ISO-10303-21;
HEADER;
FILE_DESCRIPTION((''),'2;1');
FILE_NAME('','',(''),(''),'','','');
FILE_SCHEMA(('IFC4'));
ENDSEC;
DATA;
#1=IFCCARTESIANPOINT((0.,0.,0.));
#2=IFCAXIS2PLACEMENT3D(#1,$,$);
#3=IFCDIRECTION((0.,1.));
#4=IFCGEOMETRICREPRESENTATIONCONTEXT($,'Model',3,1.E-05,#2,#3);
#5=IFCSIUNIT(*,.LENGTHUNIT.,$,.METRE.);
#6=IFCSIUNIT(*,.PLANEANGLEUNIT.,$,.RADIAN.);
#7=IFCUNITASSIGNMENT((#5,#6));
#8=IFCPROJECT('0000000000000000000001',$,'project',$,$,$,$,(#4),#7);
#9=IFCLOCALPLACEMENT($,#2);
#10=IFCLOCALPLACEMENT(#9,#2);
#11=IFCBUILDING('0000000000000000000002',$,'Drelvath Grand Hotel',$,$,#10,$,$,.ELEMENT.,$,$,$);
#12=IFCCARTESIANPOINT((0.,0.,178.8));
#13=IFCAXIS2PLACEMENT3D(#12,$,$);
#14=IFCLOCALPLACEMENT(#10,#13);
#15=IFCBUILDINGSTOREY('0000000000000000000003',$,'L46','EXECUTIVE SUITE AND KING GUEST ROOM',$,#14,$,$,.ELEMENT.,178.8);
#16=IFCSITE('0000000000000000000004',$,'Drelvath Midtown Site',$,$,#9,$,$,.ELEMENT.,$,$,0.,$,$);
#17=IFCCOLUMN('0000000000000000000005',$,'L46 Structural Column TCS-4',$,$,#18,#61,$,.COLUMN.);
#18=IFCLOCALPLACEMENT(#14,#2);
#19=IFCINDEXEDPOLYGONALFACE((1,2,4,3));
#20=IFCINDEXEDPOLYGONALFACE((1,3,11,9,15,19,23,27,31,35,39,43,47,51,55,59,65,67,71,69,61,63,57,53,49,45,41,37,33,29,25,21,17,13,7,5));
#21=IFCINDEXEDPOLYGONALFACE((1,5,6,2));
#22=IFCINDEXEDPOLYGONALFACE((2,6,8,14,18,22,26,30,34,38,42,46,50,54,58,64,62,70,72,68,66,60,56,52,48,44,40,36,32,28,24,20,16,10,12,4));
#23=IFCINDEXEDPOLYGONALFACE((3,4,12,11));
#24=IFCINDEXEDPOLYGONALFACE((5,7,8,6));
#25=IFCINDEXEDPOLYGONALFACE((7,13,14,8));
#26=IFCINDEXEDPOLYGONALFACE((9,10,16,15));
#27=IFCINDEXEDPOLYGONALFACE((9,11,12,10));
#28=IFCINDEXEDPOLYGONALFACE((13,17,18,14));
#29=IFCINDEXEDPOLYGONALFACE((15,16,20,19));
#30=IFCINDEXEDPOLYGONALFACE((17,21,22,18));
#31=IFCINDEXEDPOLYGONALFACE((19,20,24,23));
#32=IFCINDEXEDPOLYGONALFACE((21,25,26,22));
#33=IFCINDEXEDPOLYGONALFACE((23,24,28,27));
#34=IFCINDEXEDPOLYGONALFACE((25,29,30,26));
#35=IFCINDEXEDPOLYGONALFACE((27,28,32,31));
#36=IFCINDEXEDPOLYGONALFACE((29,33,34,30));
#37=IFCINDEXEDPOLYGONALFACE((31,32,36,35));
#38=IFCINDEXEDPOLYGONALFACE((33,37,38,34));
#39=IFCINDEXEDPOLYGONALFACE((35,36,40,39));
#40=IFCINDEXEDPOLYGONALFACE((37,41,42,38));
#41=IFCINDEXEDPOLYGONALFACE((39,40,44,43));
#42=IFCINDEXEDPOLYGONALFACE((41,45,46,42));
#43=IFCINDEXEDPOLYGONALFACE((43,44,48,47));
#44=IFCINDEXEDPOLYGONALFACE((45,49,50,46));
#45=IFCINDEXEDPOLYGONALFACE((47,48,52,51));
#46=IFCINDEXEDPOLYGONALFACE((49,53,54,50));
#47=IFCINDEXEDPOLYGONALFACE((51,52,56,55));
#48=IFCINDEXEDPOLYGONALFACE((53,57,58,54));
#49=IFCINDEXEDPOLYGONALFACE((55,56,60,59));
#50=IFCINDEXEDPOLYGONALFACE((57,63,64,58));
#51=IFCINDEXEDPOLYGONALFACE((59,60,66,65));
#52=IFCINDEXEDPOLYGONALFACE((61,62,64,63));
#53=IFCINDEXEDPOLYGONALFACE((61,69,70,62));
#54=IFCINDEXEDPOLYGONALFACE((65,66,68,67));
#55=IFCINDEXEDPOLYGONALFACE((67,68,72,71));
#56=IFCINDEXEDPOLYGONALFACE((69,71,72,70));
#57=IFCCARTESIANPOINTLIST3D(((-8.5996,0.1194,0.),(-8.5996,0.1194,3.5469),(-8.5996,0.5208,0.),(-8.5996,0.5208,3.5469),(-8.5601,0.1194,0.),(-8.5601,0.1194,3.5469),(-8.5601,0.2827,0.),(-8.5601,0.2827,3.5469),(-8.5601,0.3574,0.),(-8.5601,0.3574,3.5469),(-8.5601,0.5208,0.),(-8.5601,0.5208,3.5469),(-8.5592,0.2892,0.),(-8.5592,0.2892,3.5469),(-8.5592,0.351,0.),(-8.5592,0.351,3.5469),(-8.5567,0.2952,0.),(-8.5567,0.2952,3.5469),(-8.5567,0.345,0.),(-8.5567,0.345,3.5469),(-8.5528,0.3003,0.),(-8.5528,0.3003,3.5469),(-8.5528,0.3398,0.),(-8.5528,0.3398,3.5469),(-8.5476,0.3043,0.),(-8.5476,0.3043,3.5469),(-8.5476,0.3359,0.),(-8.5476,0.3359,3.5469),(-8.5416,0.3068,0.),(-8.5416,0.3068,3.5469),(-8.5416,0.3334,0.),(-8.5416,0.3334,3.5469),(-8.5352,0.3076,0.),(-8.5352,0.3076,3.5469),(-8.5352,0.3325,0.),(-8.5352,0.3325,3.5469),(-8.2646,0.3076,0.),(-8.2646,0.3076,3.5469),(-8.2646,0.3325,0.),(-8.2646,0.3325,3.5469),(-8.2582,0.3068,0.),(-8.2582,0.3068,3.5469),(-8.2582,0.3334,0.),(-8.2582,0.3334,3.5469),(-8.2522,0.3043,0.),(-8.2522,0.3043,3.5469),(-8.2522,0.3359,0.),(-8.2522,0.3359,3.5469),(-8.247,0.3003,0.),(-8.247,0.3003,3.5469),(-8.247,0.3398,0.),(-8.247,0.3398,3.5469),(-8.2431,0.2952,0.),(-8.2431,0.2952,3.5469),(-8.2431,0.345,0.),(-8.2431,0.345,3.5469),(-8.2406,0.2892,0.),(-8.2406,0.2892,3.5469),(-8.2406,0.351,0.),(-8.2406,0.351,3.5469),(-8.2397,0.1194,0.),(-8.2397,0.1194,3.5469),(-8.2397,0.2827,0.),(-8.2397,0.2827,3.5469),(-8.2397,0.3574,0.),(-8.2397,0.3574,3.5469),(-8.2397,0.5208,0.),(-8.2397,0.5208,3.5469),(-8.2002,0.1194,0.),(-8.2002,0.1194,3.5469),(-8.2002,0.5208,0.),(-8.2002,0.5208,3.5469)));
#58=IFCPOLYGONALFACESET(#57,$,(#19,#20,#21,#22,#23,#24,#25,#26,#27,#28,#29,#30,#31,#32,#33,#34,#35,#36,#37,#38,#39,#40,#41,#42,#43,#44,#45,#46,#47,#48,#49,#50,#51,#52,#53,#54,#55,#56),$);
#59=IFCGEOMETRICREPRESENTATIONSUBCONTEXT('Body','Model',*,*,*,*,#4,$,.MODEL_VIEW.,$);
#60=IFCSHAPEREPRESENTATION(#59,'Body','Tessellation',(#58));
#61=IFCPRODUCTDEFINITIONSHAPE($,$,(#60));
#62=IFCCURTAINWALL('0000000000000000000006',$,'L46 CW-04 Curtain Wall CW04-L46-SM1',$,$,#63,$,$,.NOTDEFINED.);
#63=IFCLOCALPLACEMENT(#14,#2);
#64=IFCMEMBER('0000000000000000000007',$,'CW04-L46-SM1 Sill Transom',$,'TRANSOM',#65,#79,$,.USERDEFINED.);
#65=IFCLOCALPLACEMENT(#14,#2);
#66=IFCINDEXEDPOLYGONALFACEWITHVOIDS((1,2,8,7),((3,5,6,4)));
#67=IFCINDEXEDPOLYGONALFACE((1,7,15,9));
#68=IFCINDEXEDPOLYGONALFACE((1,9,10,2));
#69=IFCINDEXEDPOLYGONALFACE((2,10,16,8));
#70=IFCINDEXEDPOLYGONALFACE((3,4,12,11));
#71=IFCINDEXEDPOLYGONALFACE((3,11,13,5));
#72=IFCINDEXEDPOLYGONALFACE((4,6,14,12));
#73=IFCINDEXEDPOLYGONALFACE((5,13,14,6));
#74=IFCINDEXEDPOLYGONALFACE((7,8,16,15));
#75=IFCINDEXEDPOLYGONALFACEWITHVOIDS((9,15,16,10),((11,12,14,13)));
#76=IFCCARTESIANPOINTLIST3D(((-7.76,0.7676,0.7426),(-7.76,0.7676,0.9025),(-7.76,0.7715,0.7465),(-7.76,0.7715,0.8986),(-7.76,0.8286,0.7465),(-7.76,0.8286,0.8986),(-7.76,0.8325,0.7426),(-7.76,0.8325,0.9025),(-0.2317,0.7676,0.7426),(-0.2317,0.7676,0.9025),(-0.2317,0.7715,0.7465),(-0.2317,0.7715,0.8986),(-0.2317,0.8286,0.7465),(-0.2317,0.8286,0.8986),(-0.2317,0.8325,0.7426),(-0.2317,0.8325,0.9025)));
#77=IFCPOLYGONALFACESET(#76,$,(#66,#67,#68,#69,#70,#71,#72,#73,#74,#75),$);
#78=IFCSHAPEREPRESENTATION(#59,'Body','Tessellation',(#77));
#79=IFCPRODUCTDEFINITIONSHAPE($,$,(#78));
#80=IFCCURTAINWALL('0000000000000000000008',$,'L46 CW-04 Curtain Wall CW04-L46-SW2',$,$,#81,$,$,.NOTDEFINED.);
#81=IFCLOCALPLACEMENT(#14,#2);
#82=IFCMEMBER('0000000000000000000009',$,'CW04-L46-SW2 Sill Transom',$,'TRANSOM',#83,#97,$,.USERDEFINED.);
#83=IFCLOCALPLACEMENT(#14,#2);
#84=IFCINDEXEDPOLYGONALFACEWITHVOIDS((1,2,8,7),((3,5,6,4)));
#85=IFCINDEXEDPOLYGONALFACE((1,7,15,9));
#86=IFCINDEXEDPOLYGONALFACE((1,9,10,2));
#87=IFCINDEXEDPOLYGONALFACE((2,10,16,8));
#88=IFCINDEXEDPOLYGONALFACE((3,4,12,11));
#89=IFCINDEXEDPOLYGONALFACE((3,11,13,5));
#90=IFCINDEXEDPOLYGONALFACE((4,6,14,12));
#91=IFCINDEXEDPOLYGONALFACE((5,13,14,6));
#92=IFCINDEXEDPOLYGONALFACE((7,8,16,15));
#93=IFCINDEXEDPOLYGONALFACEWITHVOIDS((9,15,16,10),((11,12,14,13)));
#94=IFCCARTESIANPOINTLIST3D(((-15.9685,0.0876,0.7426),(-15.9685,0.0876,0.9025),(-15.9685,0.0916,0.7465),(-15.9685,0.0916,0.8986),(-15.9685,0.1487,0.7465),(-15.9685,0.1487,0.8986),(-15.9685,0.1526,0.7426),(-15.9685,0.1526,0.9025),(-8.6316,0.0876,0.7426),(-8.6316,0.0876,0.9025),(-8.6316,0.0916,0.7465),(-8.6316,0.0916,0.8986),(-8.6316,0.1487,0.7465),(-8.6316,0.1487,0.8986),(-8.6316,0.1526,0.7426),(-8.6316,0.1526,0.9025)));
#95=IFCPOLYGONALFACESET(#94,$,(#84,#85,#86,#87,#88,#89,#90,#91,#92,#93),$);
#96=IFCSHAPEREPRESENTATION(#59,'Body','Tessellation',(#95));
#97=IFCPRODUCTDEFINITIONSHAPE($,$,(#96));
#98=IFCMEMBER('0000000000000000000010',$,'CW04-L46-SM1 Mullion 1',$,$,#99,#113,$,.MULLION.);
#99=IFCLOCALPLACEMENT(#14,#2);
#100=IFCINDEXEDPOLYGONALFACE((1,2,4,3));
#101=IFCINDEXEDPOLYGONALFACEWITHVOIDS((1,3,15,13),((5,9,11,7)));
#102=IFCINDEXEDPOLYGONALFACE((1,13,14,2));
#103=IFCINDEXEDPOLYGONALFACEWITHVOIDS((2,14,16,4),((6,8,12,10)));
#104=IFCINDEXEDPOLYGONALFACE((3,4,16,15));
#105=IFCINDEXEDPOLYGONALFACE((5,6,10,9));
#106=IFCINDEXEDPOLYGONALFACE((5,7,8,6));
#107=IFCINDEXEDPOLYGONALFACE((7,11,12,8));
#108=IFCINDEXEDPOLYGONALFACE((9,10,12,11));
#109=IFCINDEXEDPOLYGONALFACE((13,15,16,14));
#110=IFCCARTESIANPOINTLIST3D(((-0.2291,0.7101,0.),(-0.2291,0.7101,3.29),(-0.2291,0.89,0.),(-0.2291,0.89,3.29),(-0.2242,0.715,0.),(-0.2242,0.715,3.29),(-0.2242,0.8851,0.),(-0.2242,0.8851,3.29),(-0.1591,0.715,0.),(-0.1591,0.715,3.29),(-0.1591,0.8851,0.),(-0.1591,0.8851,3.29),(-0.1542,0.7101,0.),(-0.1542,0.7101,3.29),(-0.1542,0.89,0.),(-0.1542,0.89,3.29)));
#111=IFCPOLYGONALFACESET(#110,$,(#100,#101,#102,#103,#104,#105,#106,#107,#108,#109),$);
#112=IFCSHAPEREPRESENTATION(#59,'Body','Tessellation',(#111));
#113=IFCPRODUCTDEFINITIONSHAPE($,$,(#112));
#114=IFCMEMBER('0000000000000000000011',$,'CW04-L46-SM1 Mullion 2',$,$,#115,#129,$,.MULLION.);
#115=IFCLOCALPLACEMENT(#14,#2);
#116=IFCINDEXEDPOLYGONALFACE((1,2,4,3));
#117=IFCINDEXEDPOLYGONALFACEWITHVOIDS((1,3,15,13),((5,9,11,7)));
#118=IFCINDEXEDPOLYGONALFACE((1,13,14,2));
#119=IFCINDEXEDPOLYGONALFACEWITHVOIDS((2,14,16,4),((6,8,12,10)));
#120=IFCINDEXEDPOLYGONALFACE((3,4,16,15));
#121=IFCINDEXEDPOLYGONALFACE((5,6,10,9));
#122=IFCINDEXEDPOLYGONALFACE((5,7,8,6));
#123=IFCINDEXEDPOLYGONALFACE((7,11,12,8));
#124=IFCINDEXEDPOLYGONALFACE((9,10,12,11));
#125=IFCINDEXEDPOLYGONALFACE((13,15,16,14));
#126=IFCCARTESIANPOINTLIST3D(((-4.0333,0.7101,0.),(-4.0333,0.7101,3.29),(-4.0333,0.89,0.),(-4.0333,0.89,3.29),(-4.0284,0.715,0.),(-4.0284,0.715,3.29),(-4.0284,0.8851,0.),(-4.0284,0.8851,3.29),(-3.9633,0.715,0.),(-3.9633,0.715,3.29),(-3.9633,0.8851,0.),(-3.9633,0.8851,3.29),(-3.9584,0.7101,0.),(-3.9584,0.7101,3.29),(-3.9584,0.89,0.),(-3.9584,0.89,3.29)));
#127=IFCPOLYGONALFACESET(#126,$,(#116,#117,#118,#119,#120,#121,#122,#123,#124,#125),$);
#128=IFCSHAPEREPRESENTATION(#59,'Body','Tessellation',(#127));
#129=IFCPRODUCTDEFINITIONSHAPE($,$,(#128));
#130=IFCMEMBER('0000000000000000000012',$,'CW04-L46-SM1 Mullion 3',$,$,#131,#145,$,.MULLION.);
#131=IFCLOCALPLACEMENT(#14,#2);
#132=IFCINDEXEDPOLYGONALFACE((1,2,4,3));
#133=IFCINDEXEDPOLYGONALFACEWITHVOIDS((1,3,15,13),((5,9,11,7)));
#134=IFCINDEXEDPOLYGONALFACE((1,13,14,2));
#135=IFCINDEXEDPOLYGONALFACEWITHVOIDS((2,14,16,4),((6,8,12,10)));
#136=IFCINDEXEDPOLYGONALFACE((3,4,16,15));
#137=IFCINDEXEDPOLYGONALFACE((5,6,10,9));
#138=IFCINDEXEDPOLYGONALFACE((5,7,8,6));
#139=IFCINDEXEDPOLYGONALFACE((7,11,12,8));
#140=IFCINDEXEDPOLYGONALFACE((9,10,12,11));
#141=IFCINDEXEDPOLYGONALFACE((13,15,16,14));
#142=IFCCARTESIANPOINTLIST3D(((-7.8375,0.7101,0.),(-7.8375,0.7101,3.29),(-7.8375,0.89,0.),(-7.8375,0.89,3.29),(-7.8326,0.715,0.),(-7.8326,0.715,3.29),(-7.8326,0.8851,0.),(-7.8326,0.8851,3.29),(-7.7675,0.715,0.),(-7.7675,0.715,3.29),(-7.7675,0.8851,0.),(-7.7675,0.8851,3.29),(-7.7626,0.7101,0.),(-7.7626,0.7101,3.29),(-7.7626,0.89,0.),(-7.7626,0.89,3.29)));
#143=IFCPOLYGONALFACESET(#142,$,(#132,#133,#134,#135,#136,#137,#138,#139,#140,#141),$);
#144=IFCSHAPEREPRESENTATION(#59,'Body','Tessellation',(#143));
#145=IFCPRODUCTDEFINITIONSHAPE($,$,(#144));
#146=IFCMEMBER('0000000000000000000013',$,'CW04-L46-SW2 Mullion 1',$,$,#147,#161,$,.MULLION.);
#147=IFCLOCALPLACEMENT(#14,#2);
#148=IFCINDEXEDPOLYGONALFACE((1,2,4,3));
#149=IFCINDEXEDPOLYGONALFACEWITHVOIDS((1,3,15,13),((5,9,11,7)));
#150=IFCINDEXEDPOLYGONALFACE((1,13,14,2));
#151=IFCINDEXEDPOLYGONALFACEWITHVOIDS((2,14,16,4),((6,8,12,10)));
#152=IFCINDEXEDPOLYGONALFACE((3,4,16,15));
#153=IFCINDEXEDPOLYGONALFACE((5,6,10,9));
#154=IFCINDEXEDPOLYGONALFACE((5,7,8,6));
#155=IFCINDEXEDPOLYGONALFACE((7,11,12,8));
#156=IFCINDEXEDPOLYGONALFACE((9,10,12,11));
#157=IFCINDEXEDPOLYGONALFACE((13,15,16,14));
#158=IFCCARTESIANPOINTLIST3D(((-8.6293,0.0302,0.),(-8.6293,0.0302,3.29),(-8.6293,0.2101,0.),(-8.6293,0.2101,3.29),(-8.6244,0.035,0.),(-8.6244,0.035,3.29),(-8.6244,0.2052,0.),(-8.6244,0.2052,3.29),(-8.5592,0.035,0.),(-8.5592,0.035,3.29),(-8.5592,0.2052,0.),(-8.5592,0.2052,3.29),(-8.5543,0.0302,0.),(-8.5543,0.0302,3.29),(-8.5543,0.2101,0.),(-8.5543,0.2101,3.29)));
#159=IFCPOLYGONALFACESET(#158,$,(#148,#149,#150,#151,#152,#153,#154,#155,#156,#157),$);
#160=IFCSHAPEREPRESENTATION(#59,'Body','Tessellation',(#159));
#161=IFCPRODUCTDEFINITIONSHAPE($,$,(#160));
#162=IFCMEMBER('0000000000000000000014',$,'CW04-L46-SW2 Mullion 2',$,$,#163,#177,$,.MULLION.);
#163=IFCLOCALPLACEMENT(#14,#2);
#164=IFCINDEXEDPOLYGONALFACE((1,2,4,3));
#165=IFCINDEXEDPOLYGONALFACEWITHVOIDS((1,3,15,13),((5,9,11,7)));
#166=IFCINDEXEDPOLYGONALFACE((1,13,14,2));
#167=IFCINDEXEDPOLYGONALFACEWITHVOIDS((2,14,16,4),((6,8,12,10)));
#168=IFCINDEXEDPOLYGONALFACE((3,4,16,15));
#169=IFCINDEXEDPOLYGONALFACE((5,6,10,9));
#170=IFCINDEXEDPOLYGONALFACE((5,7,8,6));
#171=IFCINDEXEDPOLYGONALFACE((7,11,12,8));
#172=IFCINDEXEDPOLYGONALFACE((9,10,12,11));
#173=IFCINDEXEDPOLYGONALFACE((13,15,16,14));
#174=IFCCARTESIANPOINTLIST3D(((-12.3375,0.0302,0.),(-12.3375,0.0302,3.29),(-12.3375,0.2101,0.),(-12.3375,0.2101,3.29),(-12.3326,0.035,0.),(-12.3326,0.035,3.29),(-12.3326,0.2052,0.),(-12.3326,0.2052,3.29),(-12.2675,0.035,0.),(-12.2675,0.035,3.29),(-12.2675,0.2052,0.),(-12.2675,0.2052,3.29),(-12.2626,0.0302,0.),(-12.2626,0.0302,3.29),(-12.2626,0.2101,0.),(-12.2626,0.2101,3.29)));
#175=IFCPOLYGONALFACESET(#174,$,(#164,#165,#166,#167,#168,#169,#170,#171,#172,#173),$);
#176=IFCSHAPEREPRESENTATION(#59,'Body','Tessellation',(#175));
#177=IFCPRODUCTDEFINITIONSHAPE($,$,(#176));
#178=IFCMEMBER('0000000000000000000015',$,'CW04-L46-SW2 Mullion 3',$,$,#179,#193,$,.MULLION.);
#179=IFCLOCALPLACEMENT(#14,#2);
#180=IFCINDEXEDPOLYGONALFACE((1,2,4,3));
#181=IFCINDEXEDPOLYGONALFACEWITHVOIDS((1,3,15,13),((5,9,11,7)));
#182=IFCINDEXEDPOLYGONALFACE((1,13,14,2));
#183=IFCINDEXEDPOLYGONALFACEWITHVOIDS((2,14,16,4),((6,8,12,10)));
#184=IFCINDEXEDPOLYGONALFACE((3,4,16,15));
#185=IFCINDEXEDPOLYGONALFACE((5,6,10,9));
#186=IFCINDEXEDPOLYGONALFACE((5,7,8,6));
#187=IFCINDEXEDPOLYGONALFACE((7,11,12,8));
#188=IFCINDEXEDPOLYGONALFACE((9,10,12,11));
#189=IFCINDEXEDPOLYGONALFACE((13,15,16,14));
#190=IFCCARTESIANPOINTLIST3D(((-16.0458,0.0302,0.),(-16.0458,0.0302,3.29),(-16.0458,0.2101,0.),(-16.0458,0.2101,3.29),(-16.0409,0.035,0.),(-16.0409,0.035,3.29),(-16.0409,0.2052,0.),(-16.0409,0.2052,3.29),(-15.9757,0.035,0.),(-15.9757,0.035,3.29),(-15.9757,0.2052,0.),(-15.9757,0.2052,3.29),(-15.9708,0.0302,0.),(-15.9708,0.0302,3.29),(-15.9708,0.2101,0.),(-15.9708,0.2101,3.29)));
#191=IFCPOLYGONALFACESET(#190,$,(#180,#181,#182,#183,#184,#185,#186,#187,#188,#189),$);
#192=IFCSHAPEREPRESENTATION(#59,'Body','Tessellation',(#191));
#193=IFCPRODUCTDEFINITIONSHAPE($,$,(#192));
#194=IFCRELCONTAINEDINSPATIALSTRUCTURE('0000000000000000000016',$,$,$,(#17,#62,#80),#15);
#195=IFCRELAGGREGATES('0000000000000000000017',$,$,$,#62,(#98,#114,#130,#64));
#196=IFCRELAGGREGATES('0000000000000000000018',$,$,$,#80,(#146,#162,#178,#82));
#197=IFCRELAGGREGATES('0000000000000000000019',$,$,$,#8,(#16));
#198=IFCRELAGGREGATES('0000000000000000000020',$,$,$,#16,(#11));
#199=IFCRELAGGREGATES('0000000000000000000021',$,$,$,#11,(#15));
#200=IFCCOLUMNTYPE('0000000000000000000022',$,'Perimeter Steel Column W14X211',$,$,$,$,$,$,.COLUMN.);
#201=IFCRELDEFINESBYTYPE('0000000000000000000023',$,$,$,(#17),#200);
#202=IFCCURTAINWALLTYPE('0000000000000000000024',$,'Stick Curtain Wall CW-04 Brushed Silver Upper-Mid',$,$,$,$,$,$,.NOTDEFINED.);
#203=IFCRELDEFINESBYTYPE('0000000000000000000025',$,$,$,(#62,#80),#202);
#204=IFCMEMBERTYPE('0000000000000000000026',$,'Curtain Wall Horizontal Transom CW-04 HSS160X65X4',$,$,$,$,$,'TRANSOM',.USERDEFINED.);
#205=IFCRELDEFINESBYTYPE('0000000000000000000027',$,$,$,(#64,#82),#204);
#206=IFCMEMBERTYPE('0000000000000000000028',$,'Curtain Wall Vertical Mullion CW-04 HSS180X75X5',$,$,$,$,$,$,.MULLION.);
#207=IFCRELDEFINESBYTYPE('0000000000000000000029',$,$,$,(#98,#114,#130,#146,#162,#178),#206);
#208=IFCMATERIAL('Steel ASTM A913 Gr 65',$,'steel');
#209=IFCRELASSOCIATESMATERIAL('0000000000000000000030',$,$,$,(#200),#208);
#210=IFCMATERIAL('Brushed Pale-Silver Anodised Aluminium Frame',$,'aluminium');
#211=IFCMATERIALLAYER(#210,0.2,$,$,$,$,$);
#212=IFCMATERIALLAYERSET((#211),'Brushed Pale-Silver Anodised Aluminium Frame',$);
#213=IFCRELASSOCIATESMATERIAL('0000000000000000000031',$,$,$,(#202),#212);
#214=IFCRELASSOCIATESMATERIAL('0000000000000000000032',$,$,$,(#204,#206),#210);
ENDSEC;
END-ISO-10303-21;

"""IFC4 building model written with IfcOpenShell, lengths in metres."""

from ifc_helpers import new_model, si_unit, direction, frame, origin, origin_2d, place, context, subcontext, project, spatial, hollow_rectangle, i_section, extrude, material, layer, layer_set, material_profile, profile_set, type_object, element, aggregate, save


model = new_model("IFC4")

# Units and contexts
model_context = context("Model", 3, precision=1e-05, world=origin(), true_north=direction((0.0, 1.0)))
body_context = subcontext(model_context, "Body", "Model", "MODEL_VIEW")
ifc_project = project(units=[si_unit("LENGTHUNIT", "METRE"), si_unit("PLANEANGLEUNIT", "RADIAN")], contexts=[model_context])

# Site, building, storey
site_placement = place(None, origin())
site = spatial("IfcSite", under=ifc_project, at=site_placement, Name="Drelvath Midtown Site", CompositionType="ELEMENT", RefElevation=0.0)
building_placement = place(site_placement, origin())
building = spatial("IfcBuilding", under=site, at=building_placement, Name="Drelvath Grand Hotel", CompositionType="ELEMENT")
storey_placement = place(building_placement, frame((0.0, 0.0, 178.8)))
storey = spatial("IfcBuildingStorey", under=building, at=storey_placement, Name="L46", Description="EXECUTIVE SUITE AND KING GUEST ROOM", CompositionType="ELEMENT", Elevation=178.8)

# Column
ifc_material_1 = material(Name="Steel ASTM A913 Gr 65", Category="steel")
ifc_material_profile_1 = material_profile(ifc_material_1, i_section(OverallWidth=0.4014, OverallDepth=0.3994, WebThickness=0.0249, FlangeThickness=0.0396, FilletRadius=0.0249, at=origin_2d()), Name="W14X211")
ifc_profile_set_1 = profile_set([ifc_material_profile_1], Name="Steel ASTM A913 Gr 65")
column_type = type_object("IfcColumnType", Name="Perimeter Steel Column W14X211", PredefinedType="COLUMN", material=ifc_profile_set_1)
column_placement = place(storey_placement, frame((-8.3999, 0.3201, 0.0), z_axis=(0.0, 0.0, 1.0), x_axis=(0.0, 1.0, 0.0)))
element("IfcColumn", 1, at=column_placement, inside=storey, type_object=column_type, Name="L46 Structural Column TCS-4", PredefinedType="COLUMN", context=body_context, shape_type="SweptSolid", body=[
    extrude(i_section(OverallWidth=0.4014, OverallDepth=0.3994, WebThickness=0.0249, FlangeThickness=0.0396, FilletRadius=0.0249, at=origin_2d()), origin(), (0.0, 0.0, 1.0), 3.5469),
])

# Curtain walls, members
ifc_material_2 = material(Name="Brushed Pale-Silver Anodised Aluminium Frame", Category="aluminium")
ifc_layer_1 = layer(ifc_material_2, 0.2)
ifc_layer_set_1 = layer_set([ifc_layer_1], Name="Brushed Pale-Silver Anodised Aluminium Frame")
curtain_wall_type = type_object("IfcCurtainWallType", Name="Stick Curtain Wall CW-04 Brushed Silver Upper-Mid", PredefinedType="NOTDEFINED", material=ifc_layer_set_1)
curtain_wall_1_placement = place(storey_placement, origin())
curtain_wall_1 = element("IfcCurtainWall", 2, at=curtain_wall_1_placement, inside=storey, type_object=curtain_wall_type, Name="L46 CW-04 Curtain Wall CW04-L46-SM1", PredefinedType="NOTDEFINED")
ifc_material_profile_2 = material_profile(ifc_material_2, hollow_rectangle(XDim=0.0649, YDim=0.1599, WallThickness=0.0039, at=origin_2d()), Name="HSS160X65X4")
ifc_profile_set_2 = profile_set([ifc_material_profile_2], Name="Brushed Pale-Silver Anodised Aluminium Frame")
member_type_1 = type_object("IfcMemberType", Name="Curtain Wall Horizontal Transom CW-04 HSS160X65X4", ElementType="TRANSOM", PredefinedType="USERDEFINED", material=ifc_profile_set_2)
member_1_placement = place(storey_placement, frame((-0.2317, 0.8, 0.8225), z_axis=(-1.0, 0.0, 0.0), x_axis=(0.0, -1.0, 0.0)))
member_1 = element("IfcMember", 3, at=member_1_placement, type_object=member_type_1, Name="CW04-L46-SM1 Sill Transom", ObjectType="TRANSOM", PredefinedType="USERDEFINED", context=body_context, shape_type="SweptSolid", body=[
    extrude(hollow_rectangle(XDim=0.0649, YDim=0.1599, WallThickness=0.0039, at=origin_2d()), origin(), (0.0, 0.0, 1.0), 7.5283),
])
curtain_wall_2_placement = place(storey_placement, origin())
curtain_wall_2 = element("IfcCurtainWall", 4, at=curtain_wall_2_placement, inside=storey, type_object=curtain_wall_type, Name="L46 CW-04 Curtain Wall CW04-L46-SW2", PredefinedType="NOTDEFINED")
member_2_placement = place(storey_placement, frame((-8.6316, 0.1201, 0.8225), z_axis=(-1.0, 0.0, 0.0), x_axis=(0.0, -1.0, 0.0)))
member_2 = element("IfcMember", 5, at=member_2_placement, type_object=member_type_1, Name="CW04-L46-SW2 Sill Transom", ObjectType="TRANSOM", PredefinedType="USERDEFINED", context=body_context, shape_type="SweptSolid", body=[
    extrude(hollow_rectangle(XDim=0.0649, YDim=0.1599, WallThickness=0.0039, at=origin_2d()), origin(), (0.0, 0.0, 1.0), 7.3369),
])

# Members
ifc_material_profile_3 = material_profile(ifc_material_2, hollow_rectangle(XDim=0.075, YDim=0.1799, WallThickness=0.0049, at=origin_2d()), Name="HSS180X75X5")
ifc_profile_set_3 = profile_set([ifc_material_profile_3], Name="Brushed Pale-Silver Anodised Aluminium Frame")
member_type_2 = type_object("IfcMemberType", Name="Curtain Wall Vertical Mullion CW-04 HSS180X75X5", PredefinedType="MULLION", material=ifc_profile_set_3)
member_3_placement = place(storey_placement, frame((-0.1917, 0.8, 0.0), z_axis=(0.0, 0.0, 1.0), x_axis=(1.0, 0.0, 0.0)))
member_3 = element("IfcMember", 6, at=member_3_placement, type_object=member_type_2, Name="CW04-L46-SM1 Mullion 1", PredefinedType="MULLION", context=body_context, shape_type="SweptSolid", body=[
    extrude(hollow_rectangle(XDim=0.075, YDim=0.1799, WallThickness=0.0049, at=origin_2d()), origin(), (0.0, 0.0, 1.0), 3.29),
])
member_4_placement = place(storey_placement, frame((-3.9958, 0.8, 0.0), z_axis=(0.0, 0.0, 1.0), x_axis=(1.0, 0.0, 0.0)))
member_4 = element("IfcMember", 7, at=member_4_placement, type_object=member_type_2, Name="CW04-L46-SM1 Mullion 2", PredefinedType="MULLION", context=body_context, shape_type="SweptSolid", body=[
    extrude(hollow_rectangle(XDim=0.075, YDim=0.1799, WallThickness=0.0049, at=origin_2d()), origin(), (0.0, 0.0, 1.0), 3.29),
])
member_5_placement = place(storey_placement, frame((-7.8, 0.8, 0.0), z_axis=(0.0, 0.0, 1.0), x_axis=(1.0, 0.0, 0.0)))
member_5 = element("IfcMember", 8, at=member_5_placement, type_object=member_type_2, Name="CW04-L46-SM1 Mullion 3", PredefinedType="MULLION", context=body_context, shape_type="SweptSolid", body=[
    extrude(hollow_rectangle(XDim=0.075, YDim=0.1799, WallThickness=0.0049, at=origin_2d()), origin(), (0.0, 0.0, 1.0), 3.29),
])
member_6_placement = place(storey_placement, frame((-8.5918, 0.1201, 0.0), z_axis=(0.0, 0.0, 1.0), x_axis=(1.0, 0.0, 0.0)))
member_6 = element("IfcMember", 9, at=member_6_placement, type_object=member_type_2, Name="CW04-L46-SW2 Mullion 1", PredefinedType="MULLION", context=body_context, shape_type="SweptSolid", body=[
    extrude(hollow_rectangle(XDim=0.075, YDim=0.1799, WallThickness=0.0049, at=origin_2d()), origin(), (0.0, 0.0, 1.0), 3.29),
])
member_7_placement = place(storey_placement, frame((-12.3, 0.1201, 0.0), z_axis=(0.0, 0.0, 1.0), x_axis=(1.0, 0.0, 0.0)))
member_7 = element("IfcMember", 10, at=member_7_placement, type_object=member_type_2, Name="CW04-L46-SW2 Mullion 2", PredefinedType="MULLION", context=body_context, shape_type="SweptSolid", body=[
    extrude(hollow_rectangle(XDim=0.075, YDim=0.1799, WallThickness=0.0049, at=origin_2d()), origin(), (0.0, 0.0, 1.0), 3.29),
])
member_8_placement = place(storey_placement, frame((-16.0083, 0.1201, 0.0), z_axis=(0.0, 0.0, 1.0), x_axis=(1.0, 0.0, 0.0)))
member_8 = element("IfcMember", 11, at=member_8_placement, type_object=member_type_2, Name="CW04-L46-SW2 Mullion 3", PredefinedType="MULLION", context=body_context, shape_type="SweptSolid", body=[
    extrude(hollow_rectangle(XDim=0.075, YDim=0.1799, WallThickness=0.0049, at=origin_2d()), origin(), (0.0, 0.0, 1.0), 3.29),
])

aggregate(curtain_wall_1, [member_3, member_4, member_5, member_1])
aggregate(curtain_wall_2, [member_6, member_7, member_8, member_2])

save(model, "model.ifc")
